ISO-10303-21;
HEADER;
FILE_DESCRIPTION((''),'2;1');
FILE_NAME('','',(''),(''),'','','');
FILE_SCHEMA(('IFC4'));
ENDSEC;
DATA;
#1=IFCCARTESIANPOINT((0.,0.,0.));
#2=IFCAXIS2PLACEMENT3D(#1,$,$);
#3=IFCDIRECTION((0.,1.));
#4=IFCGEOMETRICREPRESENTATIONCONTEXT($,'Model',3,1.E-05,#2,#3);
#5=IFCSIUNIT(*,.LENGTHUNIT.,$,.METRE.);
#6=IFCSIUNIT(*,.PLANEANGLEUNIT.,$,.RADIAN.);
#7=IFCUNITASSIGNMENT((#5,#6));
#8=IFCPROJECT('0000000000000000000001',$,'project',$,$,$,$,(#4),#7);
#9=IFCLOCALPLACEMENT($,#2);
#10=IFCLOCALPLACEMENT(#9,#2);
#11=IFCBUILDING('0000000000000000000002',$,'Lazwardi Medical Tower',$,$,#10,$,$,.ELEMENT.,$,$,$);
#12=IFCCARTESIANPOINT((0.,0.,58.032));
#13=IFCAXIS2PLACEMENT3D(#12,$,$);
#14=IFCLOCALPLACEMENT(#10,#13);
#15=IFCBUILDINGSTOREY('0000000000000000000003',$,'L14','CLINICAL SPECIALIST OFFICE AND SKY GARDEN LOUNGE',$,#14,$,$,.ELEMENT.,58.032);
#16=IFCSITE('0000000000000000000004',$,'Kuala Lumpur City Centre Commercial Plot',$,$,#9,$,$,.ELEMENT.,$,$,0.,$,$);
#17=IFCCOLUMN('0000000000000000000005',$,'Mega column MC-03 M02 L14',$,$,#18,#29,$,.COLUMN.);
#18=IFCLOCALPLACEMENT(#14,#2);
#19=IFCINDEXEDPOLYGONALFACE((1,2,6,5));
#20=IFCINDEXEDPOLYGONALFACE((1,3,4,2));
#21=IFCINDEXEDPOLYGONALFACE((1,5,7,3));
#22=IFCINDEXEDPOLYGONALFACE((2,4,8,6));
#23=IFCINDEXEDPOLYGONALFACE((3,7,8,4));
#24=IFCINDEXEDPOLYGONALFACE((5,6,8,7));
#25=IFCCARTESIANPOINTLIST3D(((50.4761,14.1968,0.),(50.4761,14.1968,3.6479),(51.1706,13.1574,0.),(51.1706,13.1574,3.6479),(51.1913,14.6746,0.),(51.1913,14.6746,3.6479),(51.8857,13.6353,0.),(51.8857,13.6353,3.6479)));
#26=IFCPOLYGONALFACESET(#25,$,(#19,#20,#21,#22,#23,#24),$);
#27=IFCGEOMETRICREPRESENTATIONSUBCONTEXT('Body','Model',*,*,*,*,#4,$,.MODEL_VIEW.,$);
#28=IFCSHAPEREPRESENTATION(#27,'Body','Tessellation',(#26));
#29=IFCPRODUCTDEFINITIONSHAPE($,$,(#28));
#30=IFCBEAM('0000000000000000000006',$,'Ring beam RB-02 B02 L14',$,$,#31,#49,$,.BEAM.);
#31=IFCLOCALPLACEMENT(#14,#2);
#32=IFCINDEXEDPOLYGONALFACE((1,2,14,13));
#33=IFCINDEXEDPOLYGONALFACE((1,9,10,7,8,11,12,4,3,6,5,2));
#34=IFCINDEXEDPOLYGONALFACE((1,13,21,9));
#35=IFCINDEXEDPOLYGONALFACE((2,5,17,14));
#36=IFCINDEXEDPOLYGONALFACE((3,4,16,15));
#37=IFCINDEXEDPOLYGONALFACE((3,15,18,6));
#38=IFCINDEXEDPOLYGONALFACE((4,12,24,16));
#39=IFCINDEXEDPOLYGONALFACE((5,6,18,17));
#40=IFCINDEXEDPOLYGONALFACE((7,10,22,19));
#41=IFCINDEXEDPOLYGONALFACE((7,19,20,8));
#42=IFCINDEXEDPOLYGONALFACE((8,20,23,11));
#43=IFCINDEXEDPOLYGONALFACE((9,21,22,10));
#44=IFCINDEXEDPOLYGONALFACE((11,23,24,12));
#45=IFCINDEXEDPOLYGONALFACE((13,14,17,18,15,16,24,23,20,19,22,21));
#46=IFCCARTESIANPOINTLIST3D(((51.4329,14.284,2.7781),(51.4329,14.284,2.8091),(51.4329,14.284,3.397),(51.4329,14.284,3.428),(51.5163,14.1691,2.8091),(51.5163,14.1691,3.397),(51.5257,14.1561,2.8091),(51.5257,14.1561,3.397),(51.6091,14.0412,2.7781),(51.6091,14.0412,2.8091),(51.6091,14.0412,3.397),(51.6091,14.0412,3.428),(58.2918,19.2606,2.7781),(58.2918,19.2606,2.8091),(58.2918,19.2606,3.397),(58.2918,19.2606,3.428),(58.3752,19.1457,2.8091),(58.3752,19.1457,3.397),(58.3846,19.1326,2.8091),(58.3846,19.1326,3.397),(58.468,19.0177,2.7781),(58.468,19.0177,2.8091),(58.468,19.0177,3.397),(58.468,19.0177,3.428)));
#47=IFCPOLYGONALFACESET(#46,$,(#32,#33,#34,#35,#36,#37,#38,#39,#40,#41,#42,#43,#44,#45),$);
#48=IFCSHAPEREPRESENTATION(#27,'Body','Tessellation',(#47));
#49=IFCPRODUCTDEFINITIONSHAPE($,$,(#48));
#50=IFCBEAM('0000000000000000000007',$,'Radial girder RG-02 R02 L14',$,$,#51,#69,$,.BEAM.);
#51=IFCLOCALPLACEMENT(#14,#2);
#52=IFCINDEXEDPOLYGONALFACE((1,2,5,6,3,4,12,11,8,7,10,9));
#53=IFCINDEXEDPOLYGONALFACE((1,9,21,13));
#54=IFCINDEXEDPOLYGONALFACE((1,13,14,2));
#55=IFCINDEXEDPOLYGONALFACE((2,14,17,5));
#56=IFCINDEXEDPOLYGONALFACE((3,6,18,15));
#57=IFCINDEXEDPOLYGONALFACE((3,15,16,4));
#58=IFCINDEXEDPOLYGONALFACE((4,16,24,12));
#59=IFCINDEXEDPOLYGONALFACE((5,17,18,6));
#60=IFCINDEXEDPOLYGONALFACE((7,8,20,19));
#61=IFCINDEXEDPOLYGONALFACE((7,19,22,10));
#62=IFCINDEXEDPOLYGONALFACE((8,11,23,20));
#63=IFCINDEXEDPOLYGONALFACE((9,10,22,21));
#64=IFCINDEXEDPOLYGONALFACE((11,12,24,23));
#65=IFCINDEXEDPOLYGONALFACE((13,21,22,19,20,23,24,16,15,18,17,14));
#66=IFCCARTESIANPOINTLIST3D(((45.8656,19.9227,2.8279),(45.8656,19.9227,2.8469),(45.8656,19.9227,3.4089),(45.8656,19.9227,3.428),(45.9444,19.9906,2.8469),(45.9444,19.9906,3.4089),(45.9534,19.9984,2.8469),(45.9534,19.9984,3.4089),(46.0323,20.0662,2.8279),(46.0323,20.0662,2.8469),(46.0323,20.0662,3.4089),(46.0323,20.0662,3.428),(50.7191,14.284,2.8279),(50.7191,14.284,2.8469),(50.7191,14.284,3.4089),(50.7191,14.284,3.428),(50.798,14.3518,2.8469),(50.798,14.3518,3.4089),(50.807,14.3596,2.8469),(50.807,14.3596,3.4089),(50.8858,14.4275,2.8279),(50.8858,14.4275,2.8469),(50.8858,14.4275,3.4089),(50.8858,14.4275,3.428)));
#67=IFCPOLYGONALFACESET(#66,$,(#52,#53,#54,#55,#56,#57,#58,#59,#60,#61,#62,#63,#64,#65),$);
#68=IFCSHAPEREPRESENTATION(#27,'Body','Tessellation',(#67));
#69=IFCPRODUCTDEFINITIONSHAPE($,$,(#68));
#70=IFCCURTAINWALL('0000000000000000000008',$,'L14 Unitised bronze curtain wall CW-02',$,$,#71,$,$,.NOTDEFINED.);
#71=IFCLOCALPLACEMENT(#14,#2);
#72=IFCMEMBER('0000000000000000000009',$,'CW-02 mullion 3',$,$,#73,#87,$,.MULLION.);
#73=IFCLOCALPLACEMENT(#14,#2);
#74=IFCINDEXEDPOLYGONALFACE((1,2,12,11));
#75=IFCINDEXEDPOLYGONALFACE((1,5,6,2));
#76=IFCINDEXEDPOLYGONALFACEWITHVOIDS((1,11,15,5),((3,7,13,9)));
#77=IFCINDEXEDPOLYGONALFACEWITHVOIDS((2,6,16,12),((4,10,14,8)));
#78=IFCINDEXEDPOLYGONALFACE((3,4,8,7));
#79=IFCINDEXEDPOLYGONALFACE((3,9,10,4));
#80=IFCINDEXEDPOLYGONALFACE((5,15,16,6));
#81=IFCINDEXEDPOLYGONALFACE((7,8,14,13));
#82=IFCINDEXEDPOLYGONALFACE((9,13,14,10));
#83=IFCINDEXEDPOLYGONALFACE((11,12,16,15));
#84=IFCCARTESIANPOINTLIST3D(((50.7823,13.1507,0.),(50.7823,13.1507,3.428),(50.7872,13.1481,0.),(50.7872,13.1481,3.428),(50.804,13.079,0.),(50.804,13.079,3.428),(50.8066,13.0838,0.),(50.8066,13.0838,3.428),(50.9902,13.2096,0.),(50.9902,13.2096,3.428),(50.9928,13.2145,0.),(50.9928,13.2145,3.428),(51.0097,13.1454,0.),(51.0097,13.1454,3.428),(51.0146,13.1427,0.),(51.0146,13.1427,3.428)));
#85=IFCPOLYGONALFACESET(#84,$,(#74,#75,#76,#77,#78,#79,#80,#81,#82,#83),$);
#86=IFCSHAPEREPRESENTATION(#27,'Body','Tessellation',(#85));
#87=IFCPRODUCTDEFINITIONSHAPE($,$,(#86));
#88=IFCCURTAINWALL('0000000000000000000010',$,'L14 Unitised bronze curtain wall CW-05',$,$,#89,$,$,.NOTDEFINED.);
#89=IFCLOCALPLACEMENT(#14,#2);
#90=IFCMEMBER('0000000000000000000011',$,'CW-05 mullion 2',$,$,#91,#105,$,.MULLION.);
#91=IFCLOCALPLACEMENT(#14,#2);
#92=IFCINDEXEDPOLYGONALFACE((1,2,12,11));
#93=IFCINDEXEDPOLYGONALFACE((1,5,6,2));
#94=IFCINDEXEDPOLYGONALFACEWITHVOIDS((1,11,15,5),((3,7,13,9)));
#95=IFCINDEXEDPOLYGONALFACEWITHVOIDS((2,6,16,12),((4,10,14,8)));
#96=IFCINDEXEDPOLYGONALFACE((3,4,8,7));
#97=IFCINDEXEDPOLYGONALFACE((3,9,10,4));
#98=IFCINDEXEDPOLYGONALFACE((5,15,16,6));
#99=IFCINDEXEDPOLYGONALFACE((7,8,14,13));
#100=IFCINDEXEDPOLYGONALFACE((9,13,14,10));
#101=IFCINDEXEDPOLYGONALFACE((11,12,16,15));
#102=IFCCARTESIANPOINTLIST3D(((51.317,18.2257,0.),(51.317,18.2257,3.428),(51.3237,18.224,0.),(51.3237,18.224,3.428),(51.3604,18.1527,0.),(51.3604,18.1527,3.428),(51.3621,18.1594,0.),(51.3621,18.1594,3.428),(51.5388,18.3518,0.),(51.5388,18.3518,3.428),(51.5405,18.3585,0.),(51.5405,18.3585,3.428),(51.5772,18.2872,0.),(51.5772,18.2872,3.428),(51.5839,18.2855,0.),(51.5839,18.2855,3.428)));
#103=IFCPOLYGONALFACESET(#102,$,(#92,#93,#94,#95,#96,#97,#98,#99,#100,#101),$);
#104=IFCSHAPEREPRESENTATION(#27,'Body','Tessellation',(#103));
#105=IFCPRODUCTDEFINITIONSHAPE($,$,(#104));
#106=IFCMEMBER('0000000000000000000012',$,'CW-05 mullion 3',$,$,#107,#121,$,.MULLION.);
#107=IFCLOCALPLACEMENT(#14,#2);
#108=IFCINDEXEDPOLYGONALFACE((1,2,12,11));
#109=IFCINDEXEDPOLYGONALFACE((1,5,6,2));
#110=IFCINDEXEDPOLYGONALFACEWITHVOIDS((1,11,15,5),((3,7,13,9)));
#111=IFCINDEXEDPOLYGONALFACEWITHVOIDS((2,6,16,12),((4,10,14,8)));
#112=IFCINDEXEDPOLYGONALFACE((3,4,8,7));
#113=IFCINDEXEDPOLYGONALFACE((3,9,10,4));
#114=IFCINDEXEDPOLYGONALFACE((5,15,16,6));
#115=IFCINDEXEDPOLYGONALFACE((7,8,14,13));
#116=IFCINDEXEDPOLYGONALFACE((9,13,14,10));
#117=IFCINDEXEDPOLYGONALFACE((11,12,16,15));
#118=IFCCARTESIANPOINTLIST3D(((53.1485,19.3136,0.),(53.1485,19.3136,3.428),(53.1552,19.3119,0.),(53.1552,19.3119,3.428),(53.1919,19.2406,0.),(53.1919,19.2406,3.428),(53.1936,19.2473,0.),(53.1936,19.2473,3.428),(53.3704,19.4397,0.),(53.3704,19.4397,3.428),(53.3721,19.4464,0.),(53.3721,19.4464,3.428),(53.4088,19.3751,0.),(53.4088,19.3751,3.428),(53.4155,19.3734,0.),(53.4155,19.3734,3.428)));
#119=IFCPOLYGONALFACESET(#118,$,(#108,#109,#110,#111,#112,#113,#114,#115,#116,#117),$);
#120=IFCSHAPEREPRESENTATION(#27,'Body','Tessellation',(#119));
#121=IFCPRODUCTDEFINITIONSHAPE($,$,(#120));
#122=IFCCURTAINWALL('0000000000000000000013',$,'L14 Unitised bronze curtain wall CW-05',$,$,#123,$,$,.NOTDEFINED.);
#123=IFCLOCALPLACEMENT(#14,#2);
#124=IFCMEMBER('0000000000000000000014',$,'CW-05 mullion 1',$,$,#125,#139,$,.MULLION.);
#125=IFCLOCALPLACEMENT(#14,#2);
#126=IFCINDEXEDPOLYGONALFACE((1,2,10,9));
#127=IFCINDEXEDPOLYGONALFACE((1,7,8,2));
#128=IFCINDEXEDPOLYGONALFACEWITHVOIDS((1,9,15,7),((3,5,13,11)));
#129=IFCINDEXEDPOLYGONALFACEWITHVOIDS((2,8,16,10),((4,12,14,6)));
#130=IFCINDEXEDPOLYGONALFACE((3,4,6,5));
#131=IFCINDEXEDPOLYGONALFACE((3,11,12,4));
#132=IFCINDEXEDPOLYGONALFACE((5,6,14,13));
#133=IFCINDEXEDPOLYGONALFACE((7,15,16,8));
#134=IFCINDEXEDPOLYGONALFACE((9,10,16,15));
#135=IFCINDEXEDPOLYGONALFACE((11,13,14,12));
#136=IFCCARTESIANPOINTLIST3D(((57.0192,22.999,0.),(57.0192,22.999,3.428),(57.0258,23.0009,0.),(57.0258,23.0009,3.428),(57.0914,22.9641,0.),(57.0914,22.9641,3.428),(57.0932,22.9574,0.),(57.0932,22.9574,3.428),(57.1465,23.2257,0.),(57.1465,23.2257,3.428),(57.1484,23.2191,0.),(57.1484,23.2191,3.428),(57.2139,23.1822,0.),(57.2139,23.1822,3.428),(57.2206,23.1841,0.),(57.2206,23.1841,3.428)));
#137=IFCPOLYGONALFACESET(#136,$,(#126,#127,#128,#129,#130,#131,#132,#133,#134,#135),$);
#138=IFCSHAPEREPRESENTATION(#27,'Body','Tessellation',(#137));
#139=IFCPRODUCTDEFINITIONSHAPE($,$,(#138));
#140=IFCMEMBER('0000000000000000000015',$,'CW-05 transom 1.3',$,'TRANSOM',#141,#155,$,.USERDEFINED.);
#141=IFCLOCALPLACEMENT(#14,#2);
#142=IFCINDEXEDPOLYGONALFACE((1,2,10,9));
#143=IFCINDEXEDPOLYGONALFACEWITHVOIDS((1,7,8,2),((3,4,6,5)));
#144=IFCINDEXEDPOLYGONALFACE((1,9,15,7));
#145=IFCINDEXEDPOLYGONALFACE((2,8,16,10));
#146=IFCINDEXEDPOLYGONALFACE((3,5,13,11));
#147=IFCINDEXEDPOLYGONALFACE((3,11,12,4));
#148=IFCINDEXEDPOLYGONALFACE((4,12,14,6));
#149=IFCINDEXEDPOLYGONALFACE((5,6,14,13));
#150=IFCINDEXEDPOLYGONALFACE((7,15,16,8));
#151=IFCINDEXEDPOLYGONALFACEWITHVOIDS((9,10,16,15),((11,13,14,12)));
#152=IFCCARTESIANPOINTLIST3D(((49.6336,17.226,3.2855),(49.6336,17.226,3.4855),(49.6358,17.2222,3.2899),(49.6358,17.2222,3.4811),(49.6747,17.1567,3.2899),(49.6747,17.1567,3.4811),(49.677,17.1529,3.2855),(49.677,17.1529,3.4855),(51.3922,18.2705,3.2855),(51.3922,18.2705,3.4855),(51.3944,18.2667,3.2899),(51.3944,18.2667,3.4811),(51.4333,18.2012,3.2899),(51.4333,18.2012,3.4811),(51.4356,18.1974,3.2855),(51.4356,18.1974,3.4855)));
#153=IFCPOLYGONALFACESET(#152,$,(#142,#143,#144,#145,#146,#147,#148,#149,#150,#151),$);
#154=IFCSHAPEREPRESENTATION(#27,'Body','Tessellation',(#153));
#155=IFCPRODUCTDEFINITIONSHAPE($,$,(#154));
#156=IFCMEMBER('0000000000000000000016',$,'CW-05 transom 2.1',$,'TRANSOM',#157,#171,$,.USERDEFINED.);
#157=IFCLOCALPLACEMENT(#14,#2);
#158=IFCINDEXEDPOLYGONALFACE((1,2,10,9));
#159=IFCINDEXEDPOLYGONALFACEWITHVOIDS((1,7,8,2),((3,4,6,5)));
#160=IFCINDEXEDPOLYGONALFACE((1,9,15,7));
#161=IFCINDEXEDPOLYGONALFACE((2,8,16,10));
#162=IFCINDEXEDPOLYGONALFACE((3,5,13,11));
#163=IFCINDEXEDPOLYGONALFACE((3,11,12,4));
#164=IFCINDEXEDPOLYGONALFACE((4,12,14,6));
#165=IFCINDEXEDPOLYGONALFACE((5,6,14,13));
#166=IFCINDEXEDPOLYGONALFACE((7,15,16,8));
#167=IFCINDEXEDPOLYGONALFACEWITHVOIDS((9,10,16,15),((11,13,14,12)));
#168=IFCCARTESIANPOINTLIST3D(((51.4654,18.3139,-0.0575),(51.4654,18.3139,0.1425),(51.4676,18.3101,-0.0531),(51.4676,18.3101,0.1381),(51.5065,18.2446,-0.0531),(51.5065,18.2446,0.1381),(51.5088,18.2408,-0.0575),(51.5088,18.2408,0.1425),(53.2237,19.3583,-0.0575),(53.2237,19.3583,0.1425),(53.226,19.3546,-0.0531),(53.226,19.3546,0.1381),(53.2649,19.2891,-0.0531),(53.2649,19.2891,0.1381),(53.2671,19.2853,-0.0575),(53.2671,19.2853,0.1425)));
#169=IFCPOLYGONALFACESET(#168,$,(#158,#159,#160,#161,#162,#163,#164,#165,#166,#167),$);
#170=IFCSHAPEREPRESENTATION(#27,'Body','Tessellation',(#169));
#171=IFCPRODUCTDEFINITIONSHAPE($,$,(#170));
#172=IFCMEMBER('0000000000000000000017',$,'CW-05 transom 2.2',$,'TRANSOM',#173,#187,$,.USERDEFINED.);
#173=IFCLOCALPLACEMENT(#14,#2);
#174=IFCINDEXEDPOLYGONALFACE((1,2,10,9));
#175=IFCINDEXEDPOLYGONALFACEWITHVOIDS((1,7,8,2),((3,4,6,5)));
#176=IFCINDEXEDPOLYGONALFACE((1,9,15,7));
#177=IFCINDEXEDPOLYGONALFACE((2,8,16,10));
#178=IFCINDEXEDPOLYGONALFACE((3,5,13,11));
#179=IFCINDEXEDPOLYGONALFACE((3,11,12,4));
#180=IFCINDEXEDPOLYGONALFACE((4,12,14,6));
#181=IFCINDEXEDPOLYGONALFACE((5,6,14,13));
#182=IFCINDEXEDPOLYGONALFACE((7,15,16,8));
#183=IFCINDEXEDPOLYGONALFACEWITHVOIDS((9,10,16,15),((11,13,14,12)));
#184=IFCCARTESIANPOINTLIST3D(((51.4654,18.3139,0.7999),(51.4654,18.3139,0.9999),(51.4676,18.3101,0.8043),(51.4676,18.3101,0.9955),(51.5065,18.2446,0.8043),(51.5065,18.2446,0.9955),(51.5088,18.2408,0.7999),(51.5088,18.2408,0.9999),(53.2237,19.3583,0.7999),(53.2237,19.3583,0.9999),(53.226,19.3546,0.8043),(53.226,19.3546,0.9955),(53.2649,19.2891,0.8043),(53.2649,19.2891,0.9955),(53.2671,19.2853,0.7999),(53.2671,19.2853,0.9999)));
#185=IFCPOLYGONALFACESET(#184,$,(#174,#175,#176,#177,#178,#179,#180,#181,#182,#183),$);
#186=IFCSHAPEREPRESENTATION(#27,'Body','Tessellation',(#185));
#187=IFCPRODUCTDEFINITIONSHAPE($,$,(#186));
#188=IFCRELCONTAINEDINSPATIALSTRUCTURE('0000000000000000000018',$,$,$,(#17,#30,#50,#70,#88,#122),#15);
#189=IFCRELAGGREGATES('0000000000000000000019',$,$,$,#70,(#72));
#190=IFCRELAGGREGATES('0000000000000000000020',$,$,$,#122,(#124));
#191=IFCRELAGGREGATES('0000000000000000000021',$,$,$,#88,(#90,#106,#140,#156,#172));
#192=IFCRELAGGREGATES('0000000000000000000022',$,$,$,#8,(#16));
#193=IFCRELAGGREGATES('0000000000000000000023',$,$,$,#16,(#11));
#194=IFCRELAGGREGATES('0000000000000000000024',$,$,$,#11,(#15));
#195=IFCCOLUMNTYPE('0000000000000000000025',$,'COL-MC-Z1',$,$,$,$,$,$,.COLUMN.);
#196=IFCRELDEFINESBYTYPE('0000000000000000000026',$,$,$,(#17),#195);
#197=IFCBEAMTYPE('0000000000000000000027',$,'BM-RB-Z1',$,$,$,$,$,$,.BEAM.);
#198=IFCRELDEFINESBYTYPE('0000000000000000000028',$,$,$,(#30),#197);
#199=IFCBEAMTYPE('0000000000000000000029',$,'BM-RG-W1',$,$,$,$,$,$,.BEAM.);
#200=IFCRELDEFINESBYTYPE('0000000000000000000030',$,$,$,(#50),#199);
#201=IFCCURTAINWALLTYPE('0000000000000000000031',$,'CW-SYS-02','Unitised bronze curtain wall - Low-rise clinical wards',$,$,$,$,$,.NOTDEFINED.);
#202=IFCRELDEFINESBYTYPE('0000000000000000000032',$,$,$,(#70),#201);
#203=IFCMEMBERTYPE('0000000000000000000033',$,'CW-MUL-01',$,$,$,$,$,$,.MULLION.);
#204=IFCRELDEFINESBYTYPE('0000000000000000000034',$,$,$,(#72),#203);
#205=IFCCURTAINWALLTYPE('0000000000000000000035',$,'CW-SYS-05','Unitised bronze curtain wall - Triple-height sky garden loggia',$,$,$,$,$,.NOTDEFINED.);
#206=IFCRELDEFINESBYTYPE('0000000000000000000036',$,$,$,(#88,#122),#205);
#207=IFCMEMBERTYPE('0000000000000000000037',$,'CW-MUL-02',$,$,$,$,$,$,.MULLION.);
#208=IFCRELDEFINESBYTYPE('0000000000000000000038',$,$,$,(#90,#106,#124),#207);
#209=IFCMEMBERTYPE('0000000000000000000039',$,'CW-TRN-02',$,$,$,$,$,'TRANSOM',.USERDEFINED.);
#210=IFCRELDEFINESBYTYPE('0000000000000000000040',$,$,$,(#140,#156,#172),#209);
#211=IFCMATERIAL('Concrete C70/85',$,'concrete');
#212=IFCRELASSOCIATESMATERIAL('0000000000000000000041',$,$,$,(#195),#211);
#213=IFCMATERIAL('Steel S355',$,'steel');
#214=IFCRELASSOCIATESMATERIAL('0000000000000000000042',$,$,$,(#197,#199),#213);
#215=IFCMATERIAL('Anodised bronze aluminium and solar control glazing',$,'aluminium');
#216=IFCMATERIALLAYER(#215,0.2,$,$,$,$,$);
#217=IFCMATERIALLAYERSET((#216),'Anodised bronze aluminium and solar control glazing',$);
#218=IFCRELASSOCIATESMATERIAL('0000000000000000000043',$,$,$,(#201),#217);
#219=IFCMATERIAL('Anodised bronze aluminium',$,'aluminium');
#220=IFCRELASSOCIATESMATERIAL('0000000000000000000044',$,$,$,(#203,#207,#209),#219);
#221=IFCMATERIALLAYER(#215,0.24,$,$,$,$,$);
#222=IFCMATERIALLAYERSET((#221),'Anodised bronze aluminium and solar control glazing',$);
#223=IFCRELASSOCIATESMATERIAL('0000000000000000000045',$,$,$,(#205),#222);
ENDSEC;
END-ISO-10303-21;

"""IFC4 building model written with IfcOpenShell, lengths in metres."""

from ifc_helpers import new_model, si_unit, direction, frame, origin, origin_2d, place, context, subcontext, project, spatial, rectangle, hollow_rectangle, i_section, extrude, material, layer, layer_set, material_profile, profile_set, type_object, element, aggregate, save


model = new_model("IFC4")

# Units and contexts
model_context = context("Model", 3, precision=1e-05, world=origin(), true_north=direction((0.0, 1.0)))
body_context = subcontext(model_context, "Body", "Model", "MODEL_VIEW")
ifc_project = project(units=[si_unit("LENGTHUNIT", "METRE"), si_unit("PLANEANGLEUNIT", "RADIAN")], contexts=[model_context])

# Site, building, storey
site_placement = place(None, origin())
site = spatial("IfcSite", under=ifc_project, at=site_placement, Name="Kuala Lumpur City Centre Commercial Plot", CompositionType="ELEMENT", RefElevation=0.0)
building_placement = place(site_placement, origin())
building = spatial("IfcBuilding", under=site, at=building_placement, Name="Lazwardi Medical Tower", CompositionType="ELEMENT")
storey_placement = place(building_placement, frame((0.0, 0.0, 58.032)))
storey = spatial("IfcBuildingStorey", under=building, at=storey_placement, Name="L14", Description="CLINICAL SPECIALIST OFFICE AND SKY GARDEN LOUNGE", CompositionType="ELEMENT", Elevation=58.032)

# Column
ifc_material_1 = material(Name="Concrete C70/85", Category="concrete")
ifc_material_profile_1 = material_profile(ifc_material_1, rectangle(XDim=1.25, YDim=0.8601, at=origin_2d()), Name="CFT-RECT 1250x860")
ifc_profile_set_1 = profile_set([ifc_material_profile_1], Name="Concrete C70/85")
column_type = type_object("IfcColumnType", Name="COL-MC-Z1", PredefinedType="COLUMN", material=ifc_profile_set_1)
column_placement = place(storey_placement, frame((51.1809, 13.916, 0.0), z_axis=(0.0, 0.0, 1.0), x_axis=(0.55557, -0.83147, 0.0)))
element("IfcColumn", 1, at=column_placement, inside=storey, type_object=column_type, Name="Mega column MC-03 M02 L14", PredefinedType="COLUMN", context=body_context, shape_type="SweptSolid", body=[
    extrude(rectangle(XDim=1.25, YDim=0.8601, at=origin_2d()), origin(), (0.0, 0.0, 1.0), 3.6479),
])

# Beams
ifc_material_2 = material(Name="Steel S355", Category="steel")
ifc_material_profile_2 = material_profile(ifc_material_2, i_section(OverallWidth=0.3, OverallDepth=0.6499, WebThickness=0.0161, FlangeThickness=0.031, at=origin_2d()), Name="HEB 650")
ifc_profile_set_2 = profile_set([ifc_material_profile_2], Name="Steel S355")
beam_type_1 = type_object("IfcBeamType", Name="BM-RB-Z1", PredefinedType="BEAM", material=ifc_profile_set_2)
beam_1_placement = place(storey_placement, frame((51.521, 14.1626, 3.103), z_axis=(0.809393, 0.587267, 0.0), x_axis=(-0.587267, 0.809393, 0.0)))
element("IfcBeam", 2, at=beam_1_placement, inside=storey, type_object=beam_type_1, Name="Ring beam RB-02 B02 L14", PredefinedType="BEAM", context=body_context, shape_type="SweptSolid", body=[
    extrude(i_section(OverallWidth=0.3, OverallDepth=0.6499, WebThickness=0.0161, FlangeThickness=0.031, at=origin_2d()), origin(), (0.0, 0.0, 1.0), 8.4741),
])
ifc_material_profile_3 = material_profile(ifc_material_2, i_section(OverallWidth=0.22, OverallDepth=0.6001, WebThickness=0.012, FlangeThickness=0.019, at=origin_2d()), Name="IPE 600")
ifc_profile_set_3 = profile_set([ifc_material_profile_3], Name="Steel S355")
beam_type_2 = type_object("IfcBeamType", Name="BM-RG-W1", PredefinedType="BEAM", material=ifc_profile_set_3)
beam_2_placement = place(storey_placement, frame((50.8025, 14.3557, 3.1279), z_axis=(-0.652368, 0.757902, 0.0), x_axis=(-0.757902, -0.652368, 0.0)))
element("IfcBeam", 3, at=beam_2_placement, inside=storey, type_object=beam_type_2, Name="Radial girder RG-02 R02 L14", PredefinedType="BEAM", context=body_context, shape_type="SweptSolid", body=[
    extrude(i_section(OverallWidth=0.22, OverallDepth=0.6001, WebThickness=0.012, FlangeThickness=0.019, at=origin_2d()), origin(), (0.0, 0.0, 1.0), 7.4399),
])

# Curtain wall, member
ifc_material_3 = material(Name="Anodised bronze aluminium and solar control glazing", Category="aluminium")
ifc_layer_1 = layer(ifc_material_3, 0.2)
ifc_layer_set_1 = layer_set([ifc_layer_1], Name="Anodised bronze aluminium and solar control glazing")
curtain_wall_type_1 = type_object("IfcCurtainWallType", Name="CW-SYS-02", Description="Unitised bronze curtain wall - Low-rise clinical wards", PredefinedType="NOTDEFINED", material=ifc_layer_set_1)
curtain_wall_1_placement = place(storey_placement, origin())
curtain_wall_1 = element("IfcCurtainWall", 4, at=curtain_wall_1_placement, inside=storey, type_object=curtain_wall_type_1, Name="L14 Unitised bronze curtain wall CW-02", PredefinedType="NOTDEFINED")
ifc_material_4 = material(Name="Anodised bronze aluminium", Category="aluminium")
ifc_material_profile_4 = material_profile(ifc_material_4, hollow_rectangle(XDim=0.075, YDim=0.22, WallThickness=0.0039, at=origin_2d()), Name="ALU-MULLION 220x75x4")
ifc_profile_set_4 = profile_set([ifc_material_profile_4], Name="Anodised bronze aluminium")
member_type_1 = type_object("IfcMemberType", Name="CW-MUL-01", PredefinedType="MULLION", material=ifc_profile_set_4)
member_1_placement = place(storey_placement, frame((50.8984, 13.1467, 0.0), z_axis=(0.0, 0.0, 1.0), x_axis=(-0.289896, 0.957058, 0.0)))
member_1 = element("IfcMember", 5, at=member_1_placement, type_object=member_type_1, Name="CW-02 mullion 3", PredefinedType="MULLION", context=body_context, shape_type="SweptSolid", body=[
    extrude(hollow_rectangle(XDim=0.075, YDim=0.22, WallThickness=0.0039, at=origin_2d()), origin(), (0.0, 0.0, 1.0), 3.428),
])
aggregate(curtain_wall_1, [member_1])

# Curtain wall, members
ifc_layer_2 = layer(ifc_material_3, 0.24)
ifc_layer_set_2 = layer_set([ifc_layer_2], Name="Anodised bronze aluminium and solar control glazing")
curtain_wall_type_2 = type_object("IfcCurtainWallType", Name="CW-SYS-05", Description="Unitised bronze curtain wall - Triple-height sky garden loggia", PredefinedType="NOTDEFINED", material=ifc_layer_set_2)
curtain_wall_2_placement = place(storey_placement, origin())
curtain_wall_2 = element("IfcCurtainWall", 6, at=curtain_wall_2_placement, inside=storey, type_object=curtain_wall_type_2, Name="L14 Unitised bronze curtain wall CW-05", PredefinedType="NOTDEFINED")
ifc_material_profile_5 = material_profile(ifc_material_4, hollow_rectangle(XDim=0.085, YDim=0.26, WallThickness=0.0049, at=origin_2d()), Name="ALU-MULLION 260x85x5")
ifc_profile_set_5 = profile_set([ifc_material_profile_5], Name="Anodised bronze aluminium")
member_type_2 = type_object("IfcMemberType", Name="CW-MUL-02", PredefinedType="MULLION", material=ifc_profile_set_5)
member_2_placement = place(storey_placement, frame((51.4504, 18.2556, 0.0), z_axis=(0.0, 0.0, 1.0), x_axis=(-0.51068, 0.859771, 0.0)))
member_2 = element("IfcMember", 7, at=member_2_placement, type_object=member_type_2, Name="CW-05 mullion 2", PredefinedType="MULLION", context=body_context, shape_type="SweptSolid", body=[
    extrude(hollow_rectangle(XDim=0.085, YDim=0.26, WallThickness=0.0049, at=origin_2d()), origin(), (0.0, 0.0, 1.0), 3.428),
])
member_3_placement = place(storey_placement, frame((53.282, 19.3435, 0.0), z_axis=(0.0, 0.0, 1.0), x_axis=(-0.51068, 0.859771, 0.0)))
member_3 = element("IfcMember", 8, at=member_3_placement, type_object=member_type_2, Name="CW-05 mullion 3", PredefinedType="MULLION", context=body_context, shape_type="SweptSolid", body=[
    extrude(hollow_rectangle(XDim=0.085, YDim=0.26, WallThickness=0.0049, at=origin_2d()), origin(), (0.0, 0.0, 1.0), 3.428),
])

# Curtain wall, member
curtain_wall_3_placement = place(storey_placement, origin())
curtain_wall_3 = element("IfcCurtainWall", 9, at=curtain_wall_3_placement, inside=storey, type_object=curtain_wall_type_2, Name="L14 Unitised bronze curtain wall CW-05", PredefinedType="NOTDEFINED")
member_4_placement = place(storey_placement, frame((57.1199, 23.0916, 0.0), z_axis=(0.0, 0.0, 1.0), x_axis=(-0.871837, 0.489796, 0.0)))
member_4 = element("IfcMember", 10, at=member_4_placement, type_object=member_type_2, Name="CW-05 mullion 1", PredefinedType="MULLION", context=body_context, shape_type="SweptSolid", body=[
    extrude(hollow_rectangle(XDim=0.085, YDim=0.26, WallThickness=0.0049, at=origin_2d()), origin(), (0.0, 0.0, 1.0), 3.428),
])

# Members
ifc_material_profile_6 = material_profile(ifc_material_4, hollow_rectangle(XDim=0.085, YDim=0.2, WallThickness=0.0044, at=origin_2d()), Name="ALU-TRANSOM 200x85x4.5")
ifc_profile_set_6 = profile_set([ifc_material_profile_6], Name="Anodised bronze aluminium")
member_type_3 = type_object("IfcMemberType", Name="CW-TRN-02", ElementType="TRANSOM", PredefinedType="USERDEFINED", material=ifc_profile_set_6)
member_5_placement = place(storey_placement, frame((49.6553, 17.1895, 3.3855), z_axis=(0.859791, 0.510646, 0.0), x_axis=(-0.510646, 0.859791, 0.0)))
member_5 = element("IfcMember", 11, at=member_5_placement, type_object=member_type_3, Name="CW-05 transom 1.3", ObjectType="TRANSOM", PredefinedType="USERDEFINED", context=body_context, shape_type="SweptSolid", body=[
    extrude(hollow_rectangle(XDim=0.085, YDim=0.2, WallThickness=0.0044, at=origin_2d()), origin(), (0.0, 0.0, 1.0), 2.0454),
])
member_6_placement = place(storey_placement, frame((51.4871, 18.2773, 0.0425), z_axis=(0.85976, 0.510699, 0.0), x_axis=(-0.510699, 0.85976, 0.0)))
member_6 = element("IfcMember", 12, at=member_6_placement, type_object=member_type_3, Name="CW-05 transom 2.1", ObjectType="TRANSOM", PredefinedType="USERDEFINED", context=body_context, shape_type="SweptSolid", body=[
    extrude(hollow_rectangle(XDim=0.085, YDim=0.2, WallThickness=0.0044, at=origin_2d()), origin(), (0.0, 0.0, 1.0), 2.0452),
])
member_7_placement = place(storey_placement, frame((51.4871, 18.2773, 0.8999), z_axis=(0.85976, 0.510699, 0.0), x_axis=(-0.510699, 0.85976, 0.0)))
member_7 = element("IfcMember", 13, at=member_7_placement, type_object=member_type_3, Name="CW-05 transom 2.2", ObjectType="TRANSOM", PredefinedType="USERDEFINED", context=body_context, shape_type="SweptSolid", body=[
    extrude(hollow_rectangle(XDim=0.085, YDim=0.2, WallThickness=0.0044, at=origin_2d()), origin(), (0.0, 0.0, 1.0), 2.0452),
])
aggregate(curtain_wall_3, [member_4])

aggregate(curtain_wall_2, [member_2, member_3, member_5, member_6, member_7])

save(model, "model.ifc")
